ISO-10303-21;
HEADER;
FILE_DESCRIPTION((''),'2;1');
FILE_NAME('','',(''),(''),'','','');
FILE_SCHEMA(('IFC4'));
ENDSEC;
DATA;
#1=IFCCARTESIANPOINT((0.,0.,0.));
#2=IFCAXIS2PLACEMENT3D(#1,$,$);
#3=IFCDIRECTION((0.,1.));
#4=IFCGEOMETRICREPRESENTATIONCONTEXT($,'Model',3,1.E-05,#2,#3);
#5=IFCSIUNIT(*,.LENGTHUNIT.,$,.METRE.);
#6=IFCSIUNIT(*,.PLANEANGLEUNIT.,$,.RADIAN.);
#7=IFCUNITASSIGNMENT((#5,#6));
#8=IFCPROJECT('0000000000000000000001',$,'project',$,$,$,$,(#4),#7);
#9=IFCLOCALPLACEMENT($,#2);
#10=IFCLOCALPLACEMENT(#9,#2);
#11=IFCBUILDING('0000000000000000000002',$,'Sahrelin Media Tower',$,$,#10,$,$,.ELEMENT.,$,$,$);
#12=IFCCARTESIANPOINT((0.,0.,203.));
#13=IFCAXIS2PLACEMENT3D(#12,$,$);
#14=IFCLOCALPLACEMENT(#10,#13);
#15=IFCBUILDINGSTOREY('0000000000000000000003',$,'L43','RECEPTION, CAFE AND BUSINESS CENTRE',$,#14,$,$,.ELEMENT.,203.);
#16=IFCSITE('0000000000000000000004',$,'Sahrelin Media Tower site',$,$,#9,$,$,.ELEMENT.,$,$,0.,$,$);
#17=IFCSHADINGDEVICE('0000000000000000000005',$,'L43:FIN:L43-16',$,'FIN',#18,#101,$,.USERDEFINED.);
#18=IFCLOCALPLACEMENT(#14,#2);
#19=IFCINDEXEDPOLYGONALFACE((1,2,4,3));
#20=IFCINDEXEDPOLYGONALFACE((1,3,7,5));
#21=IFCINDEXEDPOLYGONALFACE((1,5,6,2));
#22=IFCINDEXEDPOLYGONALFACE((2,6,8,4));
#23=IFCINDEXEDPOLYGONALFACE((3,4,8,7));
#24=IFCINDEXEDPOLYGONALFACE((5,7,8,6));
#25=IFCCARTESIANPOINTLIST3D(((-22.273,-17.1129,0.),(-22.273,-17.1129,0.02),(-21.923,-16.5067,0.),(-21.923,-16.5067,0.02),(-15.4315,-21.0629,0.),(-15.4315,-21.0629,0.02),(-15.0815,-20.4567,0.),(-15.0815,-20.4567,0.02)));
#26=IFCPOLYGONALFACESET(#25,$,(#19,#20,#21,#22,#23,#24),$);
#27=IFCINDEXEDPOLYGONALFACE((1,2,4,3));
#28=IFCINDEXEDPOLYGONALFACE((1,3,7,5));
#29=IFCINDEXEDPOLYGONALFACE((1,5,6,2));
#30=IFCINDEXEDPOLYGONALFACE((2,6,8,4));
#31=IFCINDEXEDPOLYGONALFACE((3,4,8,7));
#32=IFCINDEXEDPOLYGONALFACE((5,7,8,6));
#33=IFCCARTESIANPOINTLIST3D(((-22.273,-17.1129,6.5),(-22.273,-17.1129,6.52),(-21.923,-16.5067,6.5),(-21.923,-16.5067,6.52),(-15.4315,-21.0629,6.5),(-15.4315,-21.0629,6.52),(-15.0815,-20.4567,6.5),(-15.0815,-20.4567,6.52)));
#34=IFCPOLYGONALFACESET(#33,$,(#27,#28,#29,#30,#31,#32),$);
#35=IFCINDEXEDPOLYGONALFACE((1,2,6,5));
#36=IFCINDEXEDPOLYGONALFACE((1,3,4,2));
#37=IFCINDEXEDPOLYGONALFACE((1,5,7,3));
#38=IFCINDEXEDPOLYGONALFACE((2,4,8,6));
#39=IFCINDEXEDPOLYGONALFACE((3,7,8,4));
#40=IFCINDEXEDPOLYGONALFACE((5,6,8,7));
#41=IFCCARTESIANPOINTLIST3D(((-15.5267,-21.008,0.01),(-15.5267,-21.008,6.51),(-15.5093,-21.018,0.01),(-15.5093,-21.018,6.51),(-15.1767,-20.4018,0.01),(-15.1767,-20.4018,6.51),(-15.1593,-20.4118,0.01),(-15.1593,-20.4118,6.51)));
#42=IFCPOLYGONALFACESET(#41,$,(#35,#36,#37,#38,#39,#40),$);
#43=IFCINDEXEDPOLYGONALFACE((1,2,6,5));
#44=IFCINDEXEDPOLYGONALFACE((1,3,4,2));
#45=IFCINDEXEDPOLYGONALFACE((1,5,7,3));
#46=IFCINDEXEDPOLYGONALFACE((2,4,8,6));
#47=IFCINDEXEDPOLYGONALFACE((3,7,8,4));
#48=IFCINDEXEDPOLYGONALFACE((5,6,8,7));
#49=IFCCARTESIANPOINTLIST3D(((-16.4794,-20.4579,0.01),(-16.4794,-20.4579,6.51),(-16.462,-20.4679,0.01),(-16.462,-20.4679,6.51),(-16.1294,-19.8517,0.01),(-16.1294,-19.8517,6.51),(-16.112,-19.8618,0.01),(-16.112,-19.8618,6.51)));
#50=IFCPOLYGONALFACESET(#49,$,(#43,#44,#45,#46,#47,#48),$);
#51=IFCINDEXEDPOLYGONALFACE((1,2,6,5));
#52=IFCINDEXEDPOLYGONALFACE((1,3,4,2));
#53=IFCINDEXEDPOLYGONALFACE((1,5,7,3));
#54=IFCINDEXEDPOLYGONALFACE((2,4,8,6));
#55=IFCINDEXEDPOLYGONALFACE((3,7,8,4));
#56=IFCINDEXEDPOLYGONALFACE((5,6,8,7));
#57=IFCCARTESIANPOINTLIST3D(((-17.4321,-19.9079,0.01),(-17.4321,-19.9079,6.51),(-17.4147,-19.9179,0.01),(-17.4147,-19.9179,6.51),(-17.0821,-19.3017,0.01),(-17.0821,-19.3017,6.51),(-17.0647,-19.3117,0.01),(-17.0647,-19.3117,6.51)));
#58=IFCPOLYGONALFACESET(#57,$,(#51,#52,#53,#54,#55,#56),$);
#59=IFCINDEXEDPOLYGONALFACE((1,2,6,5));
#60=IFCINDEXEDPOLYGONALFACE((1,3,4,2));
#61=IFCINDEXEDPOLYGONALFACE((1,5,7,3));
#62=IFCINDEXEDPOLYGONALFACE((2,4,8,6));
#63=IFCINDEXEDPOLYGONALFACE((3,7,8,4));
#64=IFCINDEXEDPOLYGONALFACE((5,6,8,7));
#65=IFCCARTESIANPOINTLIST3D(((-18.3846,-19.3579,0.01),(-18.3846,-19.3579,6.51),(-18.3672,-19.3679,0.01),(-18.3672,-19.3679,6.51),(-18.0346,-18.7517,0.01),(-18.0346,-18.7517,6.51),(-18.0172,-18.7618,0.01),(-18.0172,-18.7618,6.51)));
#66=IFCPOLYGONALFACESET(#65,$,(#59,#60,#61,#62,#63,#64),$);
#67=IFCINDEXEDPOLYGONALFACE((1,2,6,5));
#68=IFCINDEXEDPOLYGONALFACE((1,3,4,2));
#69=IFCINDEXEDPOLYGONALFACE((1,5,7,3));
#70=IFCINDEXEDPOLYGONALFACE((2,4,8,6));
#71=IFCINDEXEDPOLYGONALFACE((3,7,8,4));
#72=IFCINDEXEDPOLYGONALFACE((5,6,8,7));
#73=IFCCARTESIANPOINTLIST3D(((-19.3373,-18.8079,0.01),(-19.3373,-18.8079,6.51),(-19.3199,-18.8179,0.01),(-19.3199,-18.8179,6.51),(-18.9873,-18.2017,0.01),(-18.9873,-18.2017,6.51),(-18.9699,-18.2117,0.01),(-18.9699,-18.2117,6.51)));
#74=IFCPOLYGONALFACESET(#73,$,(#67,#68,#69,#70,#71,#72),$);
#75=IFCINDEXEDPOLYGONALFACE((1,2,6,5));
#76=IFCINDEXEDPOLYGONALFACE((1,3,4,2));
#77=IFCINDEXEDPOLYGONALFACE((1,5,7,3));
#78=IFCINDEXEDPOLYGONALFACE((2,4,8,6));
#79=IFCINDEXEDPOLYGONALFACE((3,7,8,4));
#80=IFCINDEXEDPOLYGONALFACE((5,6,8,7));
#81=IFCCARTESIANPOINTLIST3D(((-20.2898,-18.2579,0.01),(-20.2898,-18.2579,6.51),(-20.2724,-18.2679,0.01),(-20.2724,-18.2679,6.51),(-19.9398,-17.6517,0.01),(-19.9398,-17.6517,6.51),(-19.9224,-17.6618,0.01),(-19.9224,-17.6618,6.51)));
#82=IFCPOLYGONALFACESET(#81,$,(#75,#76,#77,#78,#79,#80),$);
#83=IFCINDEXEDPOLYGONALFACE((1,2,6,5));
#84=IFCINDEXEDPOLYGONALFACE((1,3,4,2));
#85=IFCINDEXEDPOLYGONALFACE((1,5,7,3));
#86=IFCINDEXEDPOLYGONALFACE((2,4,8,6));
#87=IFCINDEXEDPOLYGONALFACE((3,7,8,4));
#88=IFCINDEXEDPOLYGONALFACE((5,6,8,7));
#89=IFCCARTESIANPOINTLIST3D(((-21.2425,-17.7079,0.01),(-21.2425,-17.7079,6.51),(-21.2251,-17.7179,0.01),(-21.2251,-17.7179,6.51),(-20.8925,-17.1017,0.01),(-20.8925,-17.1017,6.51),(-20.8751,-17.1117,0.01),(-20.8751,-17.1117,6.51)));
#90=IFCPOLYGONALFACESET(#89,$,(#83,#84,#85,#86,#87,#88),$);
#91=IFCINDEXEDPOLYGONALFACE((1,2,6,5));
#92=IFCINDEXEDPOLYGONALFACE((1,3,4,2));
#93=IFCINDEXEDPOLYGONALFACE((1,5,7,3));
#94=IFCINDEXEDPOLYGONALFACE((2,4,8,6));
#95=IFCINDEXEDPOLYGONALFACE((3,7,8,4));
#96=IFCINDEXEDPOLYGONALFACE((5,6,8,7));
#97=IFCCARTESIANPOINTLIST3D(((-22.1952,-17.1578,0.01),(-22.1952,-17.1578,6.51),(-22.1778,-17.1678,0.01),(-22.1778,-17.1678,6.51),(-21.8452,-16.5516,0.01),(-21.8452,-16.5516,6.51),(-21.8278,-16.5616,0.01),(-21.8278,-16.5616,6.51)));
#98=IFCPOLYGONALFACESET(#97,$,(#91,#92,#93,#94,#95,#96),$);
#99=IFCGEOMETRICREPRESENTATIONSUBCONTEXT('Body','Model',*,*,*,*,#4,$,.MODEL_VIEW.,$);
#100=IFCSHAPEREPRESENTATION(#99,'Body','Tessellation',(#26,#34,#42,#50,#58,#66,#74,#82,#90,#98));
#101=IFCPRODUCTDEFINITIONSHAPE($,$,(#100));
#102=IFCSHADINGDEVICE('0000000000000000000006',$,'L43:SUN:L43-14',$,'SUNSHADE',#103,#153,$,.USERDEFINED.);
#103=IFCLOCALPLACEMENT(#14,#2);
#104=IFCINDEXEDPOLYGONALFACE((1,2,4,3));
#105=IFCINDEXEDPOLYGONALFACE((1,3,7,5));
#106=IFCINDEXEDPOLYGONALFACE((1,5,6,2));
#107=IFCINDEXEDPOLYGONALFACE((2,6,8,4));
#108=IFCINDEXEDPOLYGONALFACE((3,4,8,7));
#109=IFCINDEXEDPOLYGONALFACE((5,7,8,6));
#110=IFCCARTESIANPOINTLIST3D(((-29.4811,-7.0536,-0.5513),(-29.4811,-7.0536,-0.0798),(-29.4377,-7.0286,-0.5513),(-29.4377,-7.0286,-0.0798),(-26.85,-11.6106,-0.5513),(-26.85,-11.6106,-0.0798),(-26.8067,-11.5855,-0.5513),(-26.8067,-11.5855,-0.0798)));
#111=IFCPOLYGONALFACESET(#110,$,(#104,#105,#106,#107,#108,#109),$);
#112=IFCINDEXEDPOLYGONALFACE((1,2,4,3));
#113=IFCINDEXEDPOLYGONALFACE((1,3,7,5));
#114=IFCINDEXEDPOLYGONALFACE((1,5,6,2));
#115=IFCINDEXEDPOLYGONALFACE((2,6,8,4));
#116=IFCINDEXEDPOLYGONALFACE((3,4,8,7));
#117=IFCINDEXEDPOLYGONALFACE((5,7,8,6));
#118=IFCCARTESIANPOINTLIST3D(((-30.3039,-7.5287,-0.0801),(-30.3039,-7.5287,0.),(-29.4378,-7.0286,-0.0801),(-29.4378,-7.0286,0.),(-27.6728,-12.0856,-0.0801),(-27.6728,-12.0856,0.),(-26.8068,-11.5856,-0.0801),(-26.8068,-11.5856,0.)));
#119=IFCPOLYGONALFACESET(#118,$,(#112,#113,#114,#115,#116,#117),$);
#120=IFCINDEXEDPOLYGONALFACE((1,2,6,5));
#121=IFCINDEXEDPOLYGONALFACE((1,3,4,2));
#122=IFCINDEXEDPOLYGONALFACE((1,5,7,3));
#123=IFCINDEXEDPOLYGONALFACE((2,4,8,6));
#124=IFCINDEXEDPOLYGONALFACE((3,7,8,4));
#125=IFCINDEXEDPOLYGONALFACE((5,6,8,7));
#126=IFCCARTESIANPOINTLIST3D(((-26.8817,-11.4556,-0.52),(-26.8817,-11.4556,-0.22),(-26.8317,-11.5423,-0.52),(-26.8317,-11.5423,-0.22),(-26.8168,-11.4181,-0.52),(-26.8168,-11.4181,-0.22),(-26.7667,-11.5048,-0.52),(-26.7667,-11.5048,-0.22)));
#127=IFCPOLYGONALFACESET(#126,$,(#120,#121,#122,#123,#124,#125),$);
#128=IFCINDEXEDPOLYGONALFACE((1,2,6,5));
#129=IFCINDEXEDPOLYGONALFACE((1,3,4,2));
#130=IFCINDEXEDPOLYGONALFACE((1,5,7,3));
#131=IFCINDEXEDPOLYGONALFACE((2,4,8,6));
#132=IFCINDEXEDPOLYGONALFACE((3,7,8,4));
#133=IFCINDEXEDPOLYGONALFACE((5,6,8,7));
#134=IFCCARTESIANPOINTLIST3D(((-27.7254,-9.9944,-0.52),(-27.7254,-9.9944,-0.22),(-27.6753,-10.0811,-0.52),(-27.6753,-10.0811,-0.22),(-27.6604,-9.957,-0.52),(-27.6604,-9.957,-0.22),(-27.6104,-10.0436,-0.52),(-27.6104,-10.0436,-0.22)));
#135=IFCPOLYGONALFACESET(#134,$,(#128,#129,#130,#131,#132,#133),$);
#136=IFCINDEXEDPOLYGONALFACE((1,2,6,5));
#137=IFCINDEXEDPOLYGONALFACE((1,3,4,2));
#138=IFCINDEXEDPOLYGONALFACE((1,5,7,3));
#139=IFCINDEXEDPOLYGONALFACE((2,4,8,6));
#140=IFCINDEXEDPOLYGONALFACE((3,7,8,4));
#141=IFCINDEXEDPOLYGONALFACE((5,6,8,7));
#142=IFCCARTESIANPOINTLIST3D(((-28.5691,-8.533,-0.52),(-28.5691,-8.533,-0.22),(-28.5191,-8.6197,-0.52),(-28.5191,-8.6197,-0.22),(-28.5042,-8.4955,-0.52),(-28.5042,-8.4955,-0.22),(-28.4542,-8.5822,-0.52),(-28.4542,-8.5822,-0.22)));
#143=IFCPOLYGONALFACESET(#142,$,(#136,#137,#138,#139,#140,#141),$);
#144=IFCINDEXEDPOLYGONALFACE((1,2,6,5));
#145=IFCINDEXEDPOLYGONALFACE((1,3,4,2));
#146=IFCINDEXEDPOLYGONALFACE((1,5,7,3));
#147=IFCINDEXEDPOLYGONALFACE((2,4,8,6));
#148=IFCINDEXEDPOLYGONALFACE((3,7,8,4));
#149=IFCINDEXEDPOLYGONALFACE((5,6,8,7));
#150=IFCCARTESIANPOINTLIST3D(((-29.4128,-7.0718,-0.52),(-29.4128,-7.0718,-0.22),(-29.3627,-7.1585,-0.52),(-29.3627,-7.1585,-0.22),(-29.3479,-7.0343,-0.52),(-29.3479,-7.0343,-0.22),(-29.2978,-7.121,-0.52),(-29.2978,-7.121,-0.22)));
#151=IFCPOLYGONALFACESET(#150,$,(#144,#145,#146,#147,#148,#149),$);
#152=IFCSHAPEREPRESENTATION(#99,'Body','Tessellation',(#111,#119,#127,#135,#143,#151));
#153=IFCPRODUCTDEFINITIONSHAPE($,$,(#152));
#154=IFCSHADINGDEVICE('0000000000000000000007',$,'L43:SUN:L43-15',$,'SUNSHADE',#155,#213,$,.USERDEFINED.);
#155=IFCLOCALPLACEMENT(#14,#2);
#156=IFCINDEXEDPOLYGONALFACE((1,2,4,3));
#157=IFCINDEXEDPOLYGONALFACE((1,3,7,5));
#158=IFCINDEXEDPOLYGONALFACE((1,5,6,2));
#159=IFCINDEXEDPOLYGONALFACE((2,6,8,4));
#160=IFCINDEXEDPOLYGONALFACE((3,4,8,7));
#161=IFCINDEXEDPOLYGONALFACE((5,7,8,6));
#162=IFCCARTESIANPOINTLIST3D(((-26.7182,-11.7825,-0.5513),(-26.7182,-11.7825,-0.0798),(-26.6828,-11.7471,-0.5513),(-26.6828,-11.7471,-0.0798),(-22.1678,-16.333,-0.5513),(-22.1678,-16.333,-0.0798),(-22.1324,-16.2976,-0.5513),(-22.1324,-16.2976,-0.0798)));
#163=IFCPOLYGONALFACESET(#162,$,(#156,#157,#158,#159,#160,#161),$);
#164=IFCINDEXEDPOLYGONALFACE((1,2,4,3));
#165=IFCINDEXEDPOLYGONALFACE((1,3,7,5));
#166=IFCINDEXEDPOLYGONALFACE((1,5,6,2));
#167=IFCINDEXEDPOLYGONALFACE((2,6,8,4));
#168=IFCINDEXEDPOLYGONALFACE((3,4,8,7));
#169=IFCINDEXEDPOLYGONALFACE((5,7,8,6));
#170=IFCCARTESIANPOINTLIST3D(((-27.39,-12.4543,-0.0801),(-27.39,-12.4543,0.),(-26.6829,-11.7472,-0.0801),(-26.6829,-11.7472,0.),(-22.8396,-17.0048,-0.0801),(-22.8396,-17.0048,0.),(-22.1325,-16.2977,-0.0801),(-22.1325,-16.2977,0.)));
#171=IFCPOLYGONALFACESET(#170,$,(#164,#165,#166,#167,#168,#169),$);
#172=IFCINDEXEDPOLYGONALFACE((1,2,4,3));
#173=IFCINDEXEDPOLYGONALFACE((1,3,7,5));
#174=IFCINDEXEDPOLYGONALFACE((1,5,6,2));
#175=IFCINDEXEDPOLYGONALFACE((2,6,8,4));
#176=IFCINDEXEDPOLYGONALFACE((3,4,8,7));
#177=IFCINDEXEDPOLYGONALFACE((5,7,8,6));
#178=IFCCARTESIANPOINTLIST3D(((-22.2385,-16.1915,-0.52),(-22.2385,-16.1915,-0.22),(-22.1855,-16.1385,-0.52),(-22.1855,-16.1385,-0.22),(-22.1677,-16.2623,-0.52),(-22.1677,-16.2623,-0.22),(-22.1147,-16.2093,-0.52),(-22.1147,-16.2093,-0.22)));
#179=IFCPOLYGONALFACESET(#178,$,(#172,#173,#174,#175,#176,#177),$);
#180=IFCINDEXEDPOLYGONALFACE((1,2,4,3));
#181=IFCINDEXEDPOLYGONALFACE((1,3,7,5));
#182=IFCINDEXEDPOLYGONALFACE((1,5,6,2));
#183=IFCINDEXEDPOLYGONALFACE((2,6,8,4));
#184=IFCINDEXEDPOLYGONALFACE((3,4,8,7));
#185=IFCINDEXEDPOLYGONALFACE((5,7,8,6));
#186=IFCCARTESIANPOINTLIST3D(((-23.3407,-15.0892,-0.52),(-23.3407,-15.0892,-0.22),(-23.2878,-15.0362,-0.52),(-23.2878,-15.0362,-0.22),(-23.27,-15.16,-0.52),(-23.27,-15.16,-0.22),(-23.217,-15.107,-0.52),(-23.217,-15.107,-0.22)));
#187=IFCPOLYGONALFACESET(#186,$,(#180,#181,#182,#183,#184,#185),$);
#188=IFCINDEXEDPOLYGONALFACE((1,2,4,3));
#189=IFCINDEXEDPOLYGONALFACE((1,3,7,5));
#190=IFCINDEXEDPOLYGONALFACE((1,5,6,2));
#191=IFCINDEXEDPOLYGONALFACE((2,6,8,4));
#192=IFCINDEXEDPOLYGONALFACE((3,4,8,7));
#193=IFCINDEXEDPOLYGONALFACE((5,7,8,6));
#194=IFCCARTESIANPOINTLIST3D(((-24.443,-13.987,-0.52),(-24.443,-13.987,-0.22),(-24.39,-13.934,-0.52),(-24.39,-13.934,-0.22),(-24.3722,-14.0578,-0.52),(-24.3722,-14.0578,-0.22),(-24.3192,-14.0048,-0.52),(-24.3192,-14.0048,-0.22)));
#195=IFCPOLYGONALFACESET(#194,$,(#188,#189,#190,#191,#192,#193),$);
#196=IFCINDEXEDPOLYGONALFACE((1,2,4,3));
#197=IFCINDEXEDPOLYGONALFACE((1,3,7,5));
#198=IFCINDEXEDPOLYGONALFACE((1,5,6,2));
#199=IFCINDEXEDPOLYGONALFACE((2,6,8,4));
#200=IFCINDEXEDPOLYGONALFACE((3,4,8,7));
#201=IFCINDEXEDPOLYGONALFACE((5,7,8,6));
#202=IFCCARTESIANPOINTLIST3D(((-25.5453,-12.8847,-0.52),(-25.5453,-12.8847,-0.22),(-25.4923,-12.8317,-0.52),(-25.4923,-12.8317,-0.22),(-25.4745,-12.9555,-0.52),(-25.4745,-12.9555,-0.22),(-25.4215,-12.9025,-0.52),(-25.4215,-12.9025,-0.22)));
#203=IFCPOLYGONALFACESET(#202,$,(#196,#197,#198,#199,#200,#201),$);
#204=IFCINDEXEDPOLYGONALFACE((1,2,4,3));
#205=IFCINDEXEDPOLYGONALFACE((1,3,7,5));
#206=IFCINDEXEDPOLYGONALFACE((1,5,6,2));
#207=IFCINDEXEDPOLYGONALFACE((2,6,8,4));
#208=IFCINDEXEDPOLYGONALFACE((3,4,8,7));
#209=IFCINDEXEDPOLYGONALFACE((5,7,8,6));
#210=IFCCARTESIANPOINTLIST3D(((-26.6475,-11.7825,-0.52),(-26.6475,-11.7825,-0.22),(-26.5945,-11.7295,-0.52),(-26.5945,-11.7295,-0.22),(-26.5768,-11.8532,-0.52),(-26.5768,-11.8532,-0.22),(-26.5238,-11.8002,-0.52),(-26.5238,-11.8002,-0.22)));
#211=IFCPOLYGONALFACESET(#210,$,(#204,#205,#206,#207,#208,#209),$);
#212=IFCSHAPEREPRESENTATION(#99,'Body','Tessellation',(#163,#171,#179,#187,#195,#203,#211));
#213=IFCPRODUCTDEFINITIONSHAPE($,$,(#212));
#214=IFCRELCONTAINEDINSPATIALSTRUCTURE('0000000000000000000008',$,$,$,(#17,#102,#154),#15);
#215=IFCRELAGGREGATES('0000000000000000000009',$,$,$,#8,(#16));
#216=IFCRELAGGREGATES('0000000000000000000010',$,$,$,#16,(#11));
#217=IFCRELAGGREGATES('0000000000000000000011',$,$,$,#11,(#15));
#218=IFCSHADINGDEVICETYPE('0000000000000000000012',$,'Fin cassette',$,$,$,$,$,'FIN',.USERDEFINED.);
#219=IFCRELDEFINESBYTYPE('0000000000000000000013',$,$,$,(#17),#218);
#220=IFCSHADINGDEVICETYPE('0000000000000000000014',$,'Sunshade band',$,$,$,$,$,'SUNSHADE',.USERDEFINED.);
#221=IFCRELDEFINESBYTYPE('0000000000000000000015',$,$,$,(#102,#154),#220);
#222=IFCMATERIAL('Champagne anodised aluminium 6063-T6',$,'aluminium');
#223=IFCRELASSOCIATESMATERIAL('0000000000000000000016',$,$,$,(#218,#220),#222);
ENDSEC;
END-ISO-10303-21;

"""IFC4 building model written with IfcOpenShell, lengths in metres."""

from ifc_helpers import new_model, si_unit, direction, frame, origin, origin_2d, place, context, subcontext, project, spatial, rectangle, extrude, material, type_object, element, save


model = new_model("IFC4")

# Units and contexts
model_context = context("Model", 3, precision=1e-05, world=origin(), true_north=direction((0.0, 1.0)))
body_context = subcontext(model_context, "Body", "Model", "MODEL_VIEW")
ifc_project = project(units=[si_unit("LENGTHUNIT", "METRE"), si_unit("PLANEANGLEUNIT", "RADIAN")], contexts=[model_context])

# Site, building, storey
site_placement = place(None, origin())
site = spatial("IfcSite", under=ifc_project, at=site_placement, Name="Sahrelin Media Tower site", CompositionType="ELEMENT", RefElevation=0.0)
building_placement = place(site_placement, origin())
building = spatial("IfcBuilding", under=site, at=building_placement, Name="Sahrelin Media Tower", CompositionType="ELEMENT")
storey_placement = place(building_placement, frame((0.0, 0.0, 203.0)))
storey = spatial("IfcBuildingStorey", under=building, at=storey_placement, Name="L43", Description="RECEPTION, CAFE AND BUSINESS CENTRE", CompositionType="ELEMENT", Elevation=203.0)

# Shared definitions
ifc_material_1 = material(Name="Champagne anodised aluminium 6063-T6", Category="aluminium")

# Shading devices
shading_device_type_1 = type_object("IfcShadingDeviceType", Name="Fin cassette", ElementType="FIN", PredefinedType="USERDEFINED", material=ifc_material_1)
placement_1 = place(storey_placement, frame((-28.105, -9.2971, 0.0), z_axis=(0.0, 0.0, 1.0), x_axis=(-0.500011, 0.866019, 0.0)))
placement_2 = place(storey_placement, frame((-24.3936, -14.0083, 0.0), z_axis=(0.0, 0.0, 1.0), x_axis=(-0.707107, 0.707107, 0.0)))
placement_3 = place(storey_placement, frame((-18.4673, -18.4211, 0.0), z_axis=(0.0, 0.0, 1.0), x_axis=(-0.866019, 0.500011, 0.0)))
element("IfcShadingDevice", 1, at=placement_3, inside=storey, type_object=shading_device_type_1, Name="L43:FIN:L43-16", ObjectType="FIN", PredefinedType="USERDEFINED", context=body_context, shape_type="SweptSolid", body=[
    extrude(rectangle(XDim=7.8999, YDim=0.7, at=origin_2d()), frame((0.0, 0.4199, 0.0)), (0.0, 0.0, 1.0), 0.02),
    extrude(rectangle(XDim=7.8999, YDim=0.7, at=origin_2d()), frame((0.0, 0.4199, 6.5)), (0.0, 0.0, 1.0), 0.02),
    extrude(rectangle(XDim=0.02, YDim=0.7, at=origin_2d()), frame((-3.8501, 0.4199, 0.01), z_axis=(0.0, 0.0, 1.0), x_axis=(1.0, 0.0, 0.0)), (0.0, 0.0, 1.0), 6.5),
    extrude(rectangle(XDim=0.02, YDim=0.7, at=origin_2d()), frame((-2.75, 0.4199, 0.01), z_axis=(0.0, 0.0, 1.0), x_axis=(1.0, 0.0, 0.0)), (0.0, 0.0, 1.0), 6.5),
    extrude(rectangle(XDim=0.02, YDim=0.7, at=origin_2d()), frame((-1.6499, 0.4199, 0.01), z_axis=(0.0, 0.0, 1.0), x_axis=(1.0, 0.0, 0.0)), (0.0, 0.0, 1.0), 6.5),
    extrude(rectangle(XDim=0.02, YDim=0.7, at=origin_2d()), frame((-0.55, 0.4199, 0.01), z_axis=(0.0, 0.0, 1.0), x_axis=(1.0, 0.0, 0.0)), (0.0, 0.0, 1.0), 6.5),
    extrude(rectangle(XDim=0.02, YDim=0.7, at=origin_2d()), frame((0.55, 0.4199, 0.01), z_axis=(0.0, 0.0, 1.0), x_axis=(1.0, 0.0, 0.0)), (0.0, 0.0, 1.0), 6.5),
    extrude(rectangle(XDim=0.02, YDim=0.7, at=origin_2d()), frame((1.6499, 0.4199, 0.01), z_axis=(0.0, 0.0, 1.0), x_axis=(1.0, 0.0, 0.0)), (0.0, 0.0, 1.0), 6.5),
    extrude(rectangle(XDim=0.02, YDim=0.7, at=origin_2d()), frame((2.75, 0.4199, 0.01), z_axis=(0.0, 0.0, 1.0), x_axis=(1.0, 0.0, 0.0)), (0.0, 0.0, 1.0), 6.5),
    extrude(rectangle(XDim=0.02, YDim=0.7, at=origin_2d()), frame((3.8501, 0.4199, 0.01), z_axis=(0.0, 0.0, 1.0), x_axis=(1.0, 0.0, 0.0)), (0.0, 0.0, 1.0), 6.5),
])
shading_device_type_2 = type_object("IfcShadingDeviceType", Name="Sunshade band", ElementType="SUNSHADE", PredefinedType="USERDEFINED", material=ifc_material_1)
element("IfcShadingDevice", 2, at=placement_1, inside=storey, type_object=shading_device_type_2, Name="L43:SUN:L43-14", ObjectType="SUNSHADE", PredefinedType="USERDEFINED", context=body_context, shape_type="SweptSolid", body=[
    extrude(rectangle(XDim=5.262, YDim=0.05, at=origin_2d()), frame((0.0, 0.0449, -0.5513)), (0.0, 0.0, 1.0), 0.4714),
    extrude(rectangle(XDim=5.262, YDim=1.0, at=origin_2d()), frame((0.0, 0.52, -0.0801)), (0.0, 0.0, 1.0), 0.0801),
    extrude(rectangle(XDim=0.1001, YDim=0.075, at=origin_2d()), frame((-2.531, -0.0176, -0.52)), (0.0, 0.0, 1.0), 0.3),
    extrude(rectangle(XDim=0.1001, YDim=0.075, at=origin_2d()), frame((-0.8438, -0.0176, -0.52)), (0.0, 0.0, 1.0), 0.3),
    extrude(rectangle(XDim=0.1001, YDim=0.075, at=origin_2d()), frame((0.8438, -0.0176, -0.52)), (0.0, 0.0, 1.0), 0.3),
    extrude(rectangle(XDim=0.1001, YDim=0.075, at=origin_2d()), frame((2.531, -0.0176, -0.52)), (0.0, 0.0, 1.0), 0.3),
])
element("IfcShadingDevice", 3, at=placement_2, inside=storey, type_object=shading_device_type_2, Name="L43:SUN:L43-15", ObjectType="SUNSHADE", PredefinedType="USERDEFINED", context=body_context, shape_type="SweptSolid", body=[
    extrude(rectangle(XDim=6.4353, YDim=0.05, at=origin_2d()), frame((0.0, 0.0449, -0.5513)), (0.0, 0.0, 1.0), 0.4714),
    extrude(rectangle(XDim=6.4353, YDim=1.0, at=origin_2d()), frame((0.0, 0.52, -0.0801)), (0.0, 0.0, 1.0), 0.0801),
    extrude(rectangle(XDim=0.1001, YDim=0.075, at=origin_2d()), frame((-3.1177, -0.0176, -0.52)), (0.0, 0.0, 1.0), 0.3),
    extrude(rectangle(XDim=0.1001, YDim=0.075, at=origin_2d()), frame((-1.5588, -0.0176, -0.52)), (0.0, 0.0, 1.0), 0.3),
    extrude(rectangle(XDim=0.1001, YDim=0.075, at=origin_2d()), frame((0.0, -0.0176, -0.52)), (0.0, 0.0, 1.0), 0.3),
    extrude(rectangle(XDim=0.1001, YDim=0.075, at=origin_2d()), frame((1.5588, -0.0176, -0.52)), (0.0, 0.0, 1.0), 0.3),
    extrude(rectangle(XDim=0.1001, YDim=0.075, at=origin_2d()), frame((3.1177, -0.0176, -0.52)), (0.0, 0.0, 1.0), 0.3),
])

save(model, "model.ifc")
